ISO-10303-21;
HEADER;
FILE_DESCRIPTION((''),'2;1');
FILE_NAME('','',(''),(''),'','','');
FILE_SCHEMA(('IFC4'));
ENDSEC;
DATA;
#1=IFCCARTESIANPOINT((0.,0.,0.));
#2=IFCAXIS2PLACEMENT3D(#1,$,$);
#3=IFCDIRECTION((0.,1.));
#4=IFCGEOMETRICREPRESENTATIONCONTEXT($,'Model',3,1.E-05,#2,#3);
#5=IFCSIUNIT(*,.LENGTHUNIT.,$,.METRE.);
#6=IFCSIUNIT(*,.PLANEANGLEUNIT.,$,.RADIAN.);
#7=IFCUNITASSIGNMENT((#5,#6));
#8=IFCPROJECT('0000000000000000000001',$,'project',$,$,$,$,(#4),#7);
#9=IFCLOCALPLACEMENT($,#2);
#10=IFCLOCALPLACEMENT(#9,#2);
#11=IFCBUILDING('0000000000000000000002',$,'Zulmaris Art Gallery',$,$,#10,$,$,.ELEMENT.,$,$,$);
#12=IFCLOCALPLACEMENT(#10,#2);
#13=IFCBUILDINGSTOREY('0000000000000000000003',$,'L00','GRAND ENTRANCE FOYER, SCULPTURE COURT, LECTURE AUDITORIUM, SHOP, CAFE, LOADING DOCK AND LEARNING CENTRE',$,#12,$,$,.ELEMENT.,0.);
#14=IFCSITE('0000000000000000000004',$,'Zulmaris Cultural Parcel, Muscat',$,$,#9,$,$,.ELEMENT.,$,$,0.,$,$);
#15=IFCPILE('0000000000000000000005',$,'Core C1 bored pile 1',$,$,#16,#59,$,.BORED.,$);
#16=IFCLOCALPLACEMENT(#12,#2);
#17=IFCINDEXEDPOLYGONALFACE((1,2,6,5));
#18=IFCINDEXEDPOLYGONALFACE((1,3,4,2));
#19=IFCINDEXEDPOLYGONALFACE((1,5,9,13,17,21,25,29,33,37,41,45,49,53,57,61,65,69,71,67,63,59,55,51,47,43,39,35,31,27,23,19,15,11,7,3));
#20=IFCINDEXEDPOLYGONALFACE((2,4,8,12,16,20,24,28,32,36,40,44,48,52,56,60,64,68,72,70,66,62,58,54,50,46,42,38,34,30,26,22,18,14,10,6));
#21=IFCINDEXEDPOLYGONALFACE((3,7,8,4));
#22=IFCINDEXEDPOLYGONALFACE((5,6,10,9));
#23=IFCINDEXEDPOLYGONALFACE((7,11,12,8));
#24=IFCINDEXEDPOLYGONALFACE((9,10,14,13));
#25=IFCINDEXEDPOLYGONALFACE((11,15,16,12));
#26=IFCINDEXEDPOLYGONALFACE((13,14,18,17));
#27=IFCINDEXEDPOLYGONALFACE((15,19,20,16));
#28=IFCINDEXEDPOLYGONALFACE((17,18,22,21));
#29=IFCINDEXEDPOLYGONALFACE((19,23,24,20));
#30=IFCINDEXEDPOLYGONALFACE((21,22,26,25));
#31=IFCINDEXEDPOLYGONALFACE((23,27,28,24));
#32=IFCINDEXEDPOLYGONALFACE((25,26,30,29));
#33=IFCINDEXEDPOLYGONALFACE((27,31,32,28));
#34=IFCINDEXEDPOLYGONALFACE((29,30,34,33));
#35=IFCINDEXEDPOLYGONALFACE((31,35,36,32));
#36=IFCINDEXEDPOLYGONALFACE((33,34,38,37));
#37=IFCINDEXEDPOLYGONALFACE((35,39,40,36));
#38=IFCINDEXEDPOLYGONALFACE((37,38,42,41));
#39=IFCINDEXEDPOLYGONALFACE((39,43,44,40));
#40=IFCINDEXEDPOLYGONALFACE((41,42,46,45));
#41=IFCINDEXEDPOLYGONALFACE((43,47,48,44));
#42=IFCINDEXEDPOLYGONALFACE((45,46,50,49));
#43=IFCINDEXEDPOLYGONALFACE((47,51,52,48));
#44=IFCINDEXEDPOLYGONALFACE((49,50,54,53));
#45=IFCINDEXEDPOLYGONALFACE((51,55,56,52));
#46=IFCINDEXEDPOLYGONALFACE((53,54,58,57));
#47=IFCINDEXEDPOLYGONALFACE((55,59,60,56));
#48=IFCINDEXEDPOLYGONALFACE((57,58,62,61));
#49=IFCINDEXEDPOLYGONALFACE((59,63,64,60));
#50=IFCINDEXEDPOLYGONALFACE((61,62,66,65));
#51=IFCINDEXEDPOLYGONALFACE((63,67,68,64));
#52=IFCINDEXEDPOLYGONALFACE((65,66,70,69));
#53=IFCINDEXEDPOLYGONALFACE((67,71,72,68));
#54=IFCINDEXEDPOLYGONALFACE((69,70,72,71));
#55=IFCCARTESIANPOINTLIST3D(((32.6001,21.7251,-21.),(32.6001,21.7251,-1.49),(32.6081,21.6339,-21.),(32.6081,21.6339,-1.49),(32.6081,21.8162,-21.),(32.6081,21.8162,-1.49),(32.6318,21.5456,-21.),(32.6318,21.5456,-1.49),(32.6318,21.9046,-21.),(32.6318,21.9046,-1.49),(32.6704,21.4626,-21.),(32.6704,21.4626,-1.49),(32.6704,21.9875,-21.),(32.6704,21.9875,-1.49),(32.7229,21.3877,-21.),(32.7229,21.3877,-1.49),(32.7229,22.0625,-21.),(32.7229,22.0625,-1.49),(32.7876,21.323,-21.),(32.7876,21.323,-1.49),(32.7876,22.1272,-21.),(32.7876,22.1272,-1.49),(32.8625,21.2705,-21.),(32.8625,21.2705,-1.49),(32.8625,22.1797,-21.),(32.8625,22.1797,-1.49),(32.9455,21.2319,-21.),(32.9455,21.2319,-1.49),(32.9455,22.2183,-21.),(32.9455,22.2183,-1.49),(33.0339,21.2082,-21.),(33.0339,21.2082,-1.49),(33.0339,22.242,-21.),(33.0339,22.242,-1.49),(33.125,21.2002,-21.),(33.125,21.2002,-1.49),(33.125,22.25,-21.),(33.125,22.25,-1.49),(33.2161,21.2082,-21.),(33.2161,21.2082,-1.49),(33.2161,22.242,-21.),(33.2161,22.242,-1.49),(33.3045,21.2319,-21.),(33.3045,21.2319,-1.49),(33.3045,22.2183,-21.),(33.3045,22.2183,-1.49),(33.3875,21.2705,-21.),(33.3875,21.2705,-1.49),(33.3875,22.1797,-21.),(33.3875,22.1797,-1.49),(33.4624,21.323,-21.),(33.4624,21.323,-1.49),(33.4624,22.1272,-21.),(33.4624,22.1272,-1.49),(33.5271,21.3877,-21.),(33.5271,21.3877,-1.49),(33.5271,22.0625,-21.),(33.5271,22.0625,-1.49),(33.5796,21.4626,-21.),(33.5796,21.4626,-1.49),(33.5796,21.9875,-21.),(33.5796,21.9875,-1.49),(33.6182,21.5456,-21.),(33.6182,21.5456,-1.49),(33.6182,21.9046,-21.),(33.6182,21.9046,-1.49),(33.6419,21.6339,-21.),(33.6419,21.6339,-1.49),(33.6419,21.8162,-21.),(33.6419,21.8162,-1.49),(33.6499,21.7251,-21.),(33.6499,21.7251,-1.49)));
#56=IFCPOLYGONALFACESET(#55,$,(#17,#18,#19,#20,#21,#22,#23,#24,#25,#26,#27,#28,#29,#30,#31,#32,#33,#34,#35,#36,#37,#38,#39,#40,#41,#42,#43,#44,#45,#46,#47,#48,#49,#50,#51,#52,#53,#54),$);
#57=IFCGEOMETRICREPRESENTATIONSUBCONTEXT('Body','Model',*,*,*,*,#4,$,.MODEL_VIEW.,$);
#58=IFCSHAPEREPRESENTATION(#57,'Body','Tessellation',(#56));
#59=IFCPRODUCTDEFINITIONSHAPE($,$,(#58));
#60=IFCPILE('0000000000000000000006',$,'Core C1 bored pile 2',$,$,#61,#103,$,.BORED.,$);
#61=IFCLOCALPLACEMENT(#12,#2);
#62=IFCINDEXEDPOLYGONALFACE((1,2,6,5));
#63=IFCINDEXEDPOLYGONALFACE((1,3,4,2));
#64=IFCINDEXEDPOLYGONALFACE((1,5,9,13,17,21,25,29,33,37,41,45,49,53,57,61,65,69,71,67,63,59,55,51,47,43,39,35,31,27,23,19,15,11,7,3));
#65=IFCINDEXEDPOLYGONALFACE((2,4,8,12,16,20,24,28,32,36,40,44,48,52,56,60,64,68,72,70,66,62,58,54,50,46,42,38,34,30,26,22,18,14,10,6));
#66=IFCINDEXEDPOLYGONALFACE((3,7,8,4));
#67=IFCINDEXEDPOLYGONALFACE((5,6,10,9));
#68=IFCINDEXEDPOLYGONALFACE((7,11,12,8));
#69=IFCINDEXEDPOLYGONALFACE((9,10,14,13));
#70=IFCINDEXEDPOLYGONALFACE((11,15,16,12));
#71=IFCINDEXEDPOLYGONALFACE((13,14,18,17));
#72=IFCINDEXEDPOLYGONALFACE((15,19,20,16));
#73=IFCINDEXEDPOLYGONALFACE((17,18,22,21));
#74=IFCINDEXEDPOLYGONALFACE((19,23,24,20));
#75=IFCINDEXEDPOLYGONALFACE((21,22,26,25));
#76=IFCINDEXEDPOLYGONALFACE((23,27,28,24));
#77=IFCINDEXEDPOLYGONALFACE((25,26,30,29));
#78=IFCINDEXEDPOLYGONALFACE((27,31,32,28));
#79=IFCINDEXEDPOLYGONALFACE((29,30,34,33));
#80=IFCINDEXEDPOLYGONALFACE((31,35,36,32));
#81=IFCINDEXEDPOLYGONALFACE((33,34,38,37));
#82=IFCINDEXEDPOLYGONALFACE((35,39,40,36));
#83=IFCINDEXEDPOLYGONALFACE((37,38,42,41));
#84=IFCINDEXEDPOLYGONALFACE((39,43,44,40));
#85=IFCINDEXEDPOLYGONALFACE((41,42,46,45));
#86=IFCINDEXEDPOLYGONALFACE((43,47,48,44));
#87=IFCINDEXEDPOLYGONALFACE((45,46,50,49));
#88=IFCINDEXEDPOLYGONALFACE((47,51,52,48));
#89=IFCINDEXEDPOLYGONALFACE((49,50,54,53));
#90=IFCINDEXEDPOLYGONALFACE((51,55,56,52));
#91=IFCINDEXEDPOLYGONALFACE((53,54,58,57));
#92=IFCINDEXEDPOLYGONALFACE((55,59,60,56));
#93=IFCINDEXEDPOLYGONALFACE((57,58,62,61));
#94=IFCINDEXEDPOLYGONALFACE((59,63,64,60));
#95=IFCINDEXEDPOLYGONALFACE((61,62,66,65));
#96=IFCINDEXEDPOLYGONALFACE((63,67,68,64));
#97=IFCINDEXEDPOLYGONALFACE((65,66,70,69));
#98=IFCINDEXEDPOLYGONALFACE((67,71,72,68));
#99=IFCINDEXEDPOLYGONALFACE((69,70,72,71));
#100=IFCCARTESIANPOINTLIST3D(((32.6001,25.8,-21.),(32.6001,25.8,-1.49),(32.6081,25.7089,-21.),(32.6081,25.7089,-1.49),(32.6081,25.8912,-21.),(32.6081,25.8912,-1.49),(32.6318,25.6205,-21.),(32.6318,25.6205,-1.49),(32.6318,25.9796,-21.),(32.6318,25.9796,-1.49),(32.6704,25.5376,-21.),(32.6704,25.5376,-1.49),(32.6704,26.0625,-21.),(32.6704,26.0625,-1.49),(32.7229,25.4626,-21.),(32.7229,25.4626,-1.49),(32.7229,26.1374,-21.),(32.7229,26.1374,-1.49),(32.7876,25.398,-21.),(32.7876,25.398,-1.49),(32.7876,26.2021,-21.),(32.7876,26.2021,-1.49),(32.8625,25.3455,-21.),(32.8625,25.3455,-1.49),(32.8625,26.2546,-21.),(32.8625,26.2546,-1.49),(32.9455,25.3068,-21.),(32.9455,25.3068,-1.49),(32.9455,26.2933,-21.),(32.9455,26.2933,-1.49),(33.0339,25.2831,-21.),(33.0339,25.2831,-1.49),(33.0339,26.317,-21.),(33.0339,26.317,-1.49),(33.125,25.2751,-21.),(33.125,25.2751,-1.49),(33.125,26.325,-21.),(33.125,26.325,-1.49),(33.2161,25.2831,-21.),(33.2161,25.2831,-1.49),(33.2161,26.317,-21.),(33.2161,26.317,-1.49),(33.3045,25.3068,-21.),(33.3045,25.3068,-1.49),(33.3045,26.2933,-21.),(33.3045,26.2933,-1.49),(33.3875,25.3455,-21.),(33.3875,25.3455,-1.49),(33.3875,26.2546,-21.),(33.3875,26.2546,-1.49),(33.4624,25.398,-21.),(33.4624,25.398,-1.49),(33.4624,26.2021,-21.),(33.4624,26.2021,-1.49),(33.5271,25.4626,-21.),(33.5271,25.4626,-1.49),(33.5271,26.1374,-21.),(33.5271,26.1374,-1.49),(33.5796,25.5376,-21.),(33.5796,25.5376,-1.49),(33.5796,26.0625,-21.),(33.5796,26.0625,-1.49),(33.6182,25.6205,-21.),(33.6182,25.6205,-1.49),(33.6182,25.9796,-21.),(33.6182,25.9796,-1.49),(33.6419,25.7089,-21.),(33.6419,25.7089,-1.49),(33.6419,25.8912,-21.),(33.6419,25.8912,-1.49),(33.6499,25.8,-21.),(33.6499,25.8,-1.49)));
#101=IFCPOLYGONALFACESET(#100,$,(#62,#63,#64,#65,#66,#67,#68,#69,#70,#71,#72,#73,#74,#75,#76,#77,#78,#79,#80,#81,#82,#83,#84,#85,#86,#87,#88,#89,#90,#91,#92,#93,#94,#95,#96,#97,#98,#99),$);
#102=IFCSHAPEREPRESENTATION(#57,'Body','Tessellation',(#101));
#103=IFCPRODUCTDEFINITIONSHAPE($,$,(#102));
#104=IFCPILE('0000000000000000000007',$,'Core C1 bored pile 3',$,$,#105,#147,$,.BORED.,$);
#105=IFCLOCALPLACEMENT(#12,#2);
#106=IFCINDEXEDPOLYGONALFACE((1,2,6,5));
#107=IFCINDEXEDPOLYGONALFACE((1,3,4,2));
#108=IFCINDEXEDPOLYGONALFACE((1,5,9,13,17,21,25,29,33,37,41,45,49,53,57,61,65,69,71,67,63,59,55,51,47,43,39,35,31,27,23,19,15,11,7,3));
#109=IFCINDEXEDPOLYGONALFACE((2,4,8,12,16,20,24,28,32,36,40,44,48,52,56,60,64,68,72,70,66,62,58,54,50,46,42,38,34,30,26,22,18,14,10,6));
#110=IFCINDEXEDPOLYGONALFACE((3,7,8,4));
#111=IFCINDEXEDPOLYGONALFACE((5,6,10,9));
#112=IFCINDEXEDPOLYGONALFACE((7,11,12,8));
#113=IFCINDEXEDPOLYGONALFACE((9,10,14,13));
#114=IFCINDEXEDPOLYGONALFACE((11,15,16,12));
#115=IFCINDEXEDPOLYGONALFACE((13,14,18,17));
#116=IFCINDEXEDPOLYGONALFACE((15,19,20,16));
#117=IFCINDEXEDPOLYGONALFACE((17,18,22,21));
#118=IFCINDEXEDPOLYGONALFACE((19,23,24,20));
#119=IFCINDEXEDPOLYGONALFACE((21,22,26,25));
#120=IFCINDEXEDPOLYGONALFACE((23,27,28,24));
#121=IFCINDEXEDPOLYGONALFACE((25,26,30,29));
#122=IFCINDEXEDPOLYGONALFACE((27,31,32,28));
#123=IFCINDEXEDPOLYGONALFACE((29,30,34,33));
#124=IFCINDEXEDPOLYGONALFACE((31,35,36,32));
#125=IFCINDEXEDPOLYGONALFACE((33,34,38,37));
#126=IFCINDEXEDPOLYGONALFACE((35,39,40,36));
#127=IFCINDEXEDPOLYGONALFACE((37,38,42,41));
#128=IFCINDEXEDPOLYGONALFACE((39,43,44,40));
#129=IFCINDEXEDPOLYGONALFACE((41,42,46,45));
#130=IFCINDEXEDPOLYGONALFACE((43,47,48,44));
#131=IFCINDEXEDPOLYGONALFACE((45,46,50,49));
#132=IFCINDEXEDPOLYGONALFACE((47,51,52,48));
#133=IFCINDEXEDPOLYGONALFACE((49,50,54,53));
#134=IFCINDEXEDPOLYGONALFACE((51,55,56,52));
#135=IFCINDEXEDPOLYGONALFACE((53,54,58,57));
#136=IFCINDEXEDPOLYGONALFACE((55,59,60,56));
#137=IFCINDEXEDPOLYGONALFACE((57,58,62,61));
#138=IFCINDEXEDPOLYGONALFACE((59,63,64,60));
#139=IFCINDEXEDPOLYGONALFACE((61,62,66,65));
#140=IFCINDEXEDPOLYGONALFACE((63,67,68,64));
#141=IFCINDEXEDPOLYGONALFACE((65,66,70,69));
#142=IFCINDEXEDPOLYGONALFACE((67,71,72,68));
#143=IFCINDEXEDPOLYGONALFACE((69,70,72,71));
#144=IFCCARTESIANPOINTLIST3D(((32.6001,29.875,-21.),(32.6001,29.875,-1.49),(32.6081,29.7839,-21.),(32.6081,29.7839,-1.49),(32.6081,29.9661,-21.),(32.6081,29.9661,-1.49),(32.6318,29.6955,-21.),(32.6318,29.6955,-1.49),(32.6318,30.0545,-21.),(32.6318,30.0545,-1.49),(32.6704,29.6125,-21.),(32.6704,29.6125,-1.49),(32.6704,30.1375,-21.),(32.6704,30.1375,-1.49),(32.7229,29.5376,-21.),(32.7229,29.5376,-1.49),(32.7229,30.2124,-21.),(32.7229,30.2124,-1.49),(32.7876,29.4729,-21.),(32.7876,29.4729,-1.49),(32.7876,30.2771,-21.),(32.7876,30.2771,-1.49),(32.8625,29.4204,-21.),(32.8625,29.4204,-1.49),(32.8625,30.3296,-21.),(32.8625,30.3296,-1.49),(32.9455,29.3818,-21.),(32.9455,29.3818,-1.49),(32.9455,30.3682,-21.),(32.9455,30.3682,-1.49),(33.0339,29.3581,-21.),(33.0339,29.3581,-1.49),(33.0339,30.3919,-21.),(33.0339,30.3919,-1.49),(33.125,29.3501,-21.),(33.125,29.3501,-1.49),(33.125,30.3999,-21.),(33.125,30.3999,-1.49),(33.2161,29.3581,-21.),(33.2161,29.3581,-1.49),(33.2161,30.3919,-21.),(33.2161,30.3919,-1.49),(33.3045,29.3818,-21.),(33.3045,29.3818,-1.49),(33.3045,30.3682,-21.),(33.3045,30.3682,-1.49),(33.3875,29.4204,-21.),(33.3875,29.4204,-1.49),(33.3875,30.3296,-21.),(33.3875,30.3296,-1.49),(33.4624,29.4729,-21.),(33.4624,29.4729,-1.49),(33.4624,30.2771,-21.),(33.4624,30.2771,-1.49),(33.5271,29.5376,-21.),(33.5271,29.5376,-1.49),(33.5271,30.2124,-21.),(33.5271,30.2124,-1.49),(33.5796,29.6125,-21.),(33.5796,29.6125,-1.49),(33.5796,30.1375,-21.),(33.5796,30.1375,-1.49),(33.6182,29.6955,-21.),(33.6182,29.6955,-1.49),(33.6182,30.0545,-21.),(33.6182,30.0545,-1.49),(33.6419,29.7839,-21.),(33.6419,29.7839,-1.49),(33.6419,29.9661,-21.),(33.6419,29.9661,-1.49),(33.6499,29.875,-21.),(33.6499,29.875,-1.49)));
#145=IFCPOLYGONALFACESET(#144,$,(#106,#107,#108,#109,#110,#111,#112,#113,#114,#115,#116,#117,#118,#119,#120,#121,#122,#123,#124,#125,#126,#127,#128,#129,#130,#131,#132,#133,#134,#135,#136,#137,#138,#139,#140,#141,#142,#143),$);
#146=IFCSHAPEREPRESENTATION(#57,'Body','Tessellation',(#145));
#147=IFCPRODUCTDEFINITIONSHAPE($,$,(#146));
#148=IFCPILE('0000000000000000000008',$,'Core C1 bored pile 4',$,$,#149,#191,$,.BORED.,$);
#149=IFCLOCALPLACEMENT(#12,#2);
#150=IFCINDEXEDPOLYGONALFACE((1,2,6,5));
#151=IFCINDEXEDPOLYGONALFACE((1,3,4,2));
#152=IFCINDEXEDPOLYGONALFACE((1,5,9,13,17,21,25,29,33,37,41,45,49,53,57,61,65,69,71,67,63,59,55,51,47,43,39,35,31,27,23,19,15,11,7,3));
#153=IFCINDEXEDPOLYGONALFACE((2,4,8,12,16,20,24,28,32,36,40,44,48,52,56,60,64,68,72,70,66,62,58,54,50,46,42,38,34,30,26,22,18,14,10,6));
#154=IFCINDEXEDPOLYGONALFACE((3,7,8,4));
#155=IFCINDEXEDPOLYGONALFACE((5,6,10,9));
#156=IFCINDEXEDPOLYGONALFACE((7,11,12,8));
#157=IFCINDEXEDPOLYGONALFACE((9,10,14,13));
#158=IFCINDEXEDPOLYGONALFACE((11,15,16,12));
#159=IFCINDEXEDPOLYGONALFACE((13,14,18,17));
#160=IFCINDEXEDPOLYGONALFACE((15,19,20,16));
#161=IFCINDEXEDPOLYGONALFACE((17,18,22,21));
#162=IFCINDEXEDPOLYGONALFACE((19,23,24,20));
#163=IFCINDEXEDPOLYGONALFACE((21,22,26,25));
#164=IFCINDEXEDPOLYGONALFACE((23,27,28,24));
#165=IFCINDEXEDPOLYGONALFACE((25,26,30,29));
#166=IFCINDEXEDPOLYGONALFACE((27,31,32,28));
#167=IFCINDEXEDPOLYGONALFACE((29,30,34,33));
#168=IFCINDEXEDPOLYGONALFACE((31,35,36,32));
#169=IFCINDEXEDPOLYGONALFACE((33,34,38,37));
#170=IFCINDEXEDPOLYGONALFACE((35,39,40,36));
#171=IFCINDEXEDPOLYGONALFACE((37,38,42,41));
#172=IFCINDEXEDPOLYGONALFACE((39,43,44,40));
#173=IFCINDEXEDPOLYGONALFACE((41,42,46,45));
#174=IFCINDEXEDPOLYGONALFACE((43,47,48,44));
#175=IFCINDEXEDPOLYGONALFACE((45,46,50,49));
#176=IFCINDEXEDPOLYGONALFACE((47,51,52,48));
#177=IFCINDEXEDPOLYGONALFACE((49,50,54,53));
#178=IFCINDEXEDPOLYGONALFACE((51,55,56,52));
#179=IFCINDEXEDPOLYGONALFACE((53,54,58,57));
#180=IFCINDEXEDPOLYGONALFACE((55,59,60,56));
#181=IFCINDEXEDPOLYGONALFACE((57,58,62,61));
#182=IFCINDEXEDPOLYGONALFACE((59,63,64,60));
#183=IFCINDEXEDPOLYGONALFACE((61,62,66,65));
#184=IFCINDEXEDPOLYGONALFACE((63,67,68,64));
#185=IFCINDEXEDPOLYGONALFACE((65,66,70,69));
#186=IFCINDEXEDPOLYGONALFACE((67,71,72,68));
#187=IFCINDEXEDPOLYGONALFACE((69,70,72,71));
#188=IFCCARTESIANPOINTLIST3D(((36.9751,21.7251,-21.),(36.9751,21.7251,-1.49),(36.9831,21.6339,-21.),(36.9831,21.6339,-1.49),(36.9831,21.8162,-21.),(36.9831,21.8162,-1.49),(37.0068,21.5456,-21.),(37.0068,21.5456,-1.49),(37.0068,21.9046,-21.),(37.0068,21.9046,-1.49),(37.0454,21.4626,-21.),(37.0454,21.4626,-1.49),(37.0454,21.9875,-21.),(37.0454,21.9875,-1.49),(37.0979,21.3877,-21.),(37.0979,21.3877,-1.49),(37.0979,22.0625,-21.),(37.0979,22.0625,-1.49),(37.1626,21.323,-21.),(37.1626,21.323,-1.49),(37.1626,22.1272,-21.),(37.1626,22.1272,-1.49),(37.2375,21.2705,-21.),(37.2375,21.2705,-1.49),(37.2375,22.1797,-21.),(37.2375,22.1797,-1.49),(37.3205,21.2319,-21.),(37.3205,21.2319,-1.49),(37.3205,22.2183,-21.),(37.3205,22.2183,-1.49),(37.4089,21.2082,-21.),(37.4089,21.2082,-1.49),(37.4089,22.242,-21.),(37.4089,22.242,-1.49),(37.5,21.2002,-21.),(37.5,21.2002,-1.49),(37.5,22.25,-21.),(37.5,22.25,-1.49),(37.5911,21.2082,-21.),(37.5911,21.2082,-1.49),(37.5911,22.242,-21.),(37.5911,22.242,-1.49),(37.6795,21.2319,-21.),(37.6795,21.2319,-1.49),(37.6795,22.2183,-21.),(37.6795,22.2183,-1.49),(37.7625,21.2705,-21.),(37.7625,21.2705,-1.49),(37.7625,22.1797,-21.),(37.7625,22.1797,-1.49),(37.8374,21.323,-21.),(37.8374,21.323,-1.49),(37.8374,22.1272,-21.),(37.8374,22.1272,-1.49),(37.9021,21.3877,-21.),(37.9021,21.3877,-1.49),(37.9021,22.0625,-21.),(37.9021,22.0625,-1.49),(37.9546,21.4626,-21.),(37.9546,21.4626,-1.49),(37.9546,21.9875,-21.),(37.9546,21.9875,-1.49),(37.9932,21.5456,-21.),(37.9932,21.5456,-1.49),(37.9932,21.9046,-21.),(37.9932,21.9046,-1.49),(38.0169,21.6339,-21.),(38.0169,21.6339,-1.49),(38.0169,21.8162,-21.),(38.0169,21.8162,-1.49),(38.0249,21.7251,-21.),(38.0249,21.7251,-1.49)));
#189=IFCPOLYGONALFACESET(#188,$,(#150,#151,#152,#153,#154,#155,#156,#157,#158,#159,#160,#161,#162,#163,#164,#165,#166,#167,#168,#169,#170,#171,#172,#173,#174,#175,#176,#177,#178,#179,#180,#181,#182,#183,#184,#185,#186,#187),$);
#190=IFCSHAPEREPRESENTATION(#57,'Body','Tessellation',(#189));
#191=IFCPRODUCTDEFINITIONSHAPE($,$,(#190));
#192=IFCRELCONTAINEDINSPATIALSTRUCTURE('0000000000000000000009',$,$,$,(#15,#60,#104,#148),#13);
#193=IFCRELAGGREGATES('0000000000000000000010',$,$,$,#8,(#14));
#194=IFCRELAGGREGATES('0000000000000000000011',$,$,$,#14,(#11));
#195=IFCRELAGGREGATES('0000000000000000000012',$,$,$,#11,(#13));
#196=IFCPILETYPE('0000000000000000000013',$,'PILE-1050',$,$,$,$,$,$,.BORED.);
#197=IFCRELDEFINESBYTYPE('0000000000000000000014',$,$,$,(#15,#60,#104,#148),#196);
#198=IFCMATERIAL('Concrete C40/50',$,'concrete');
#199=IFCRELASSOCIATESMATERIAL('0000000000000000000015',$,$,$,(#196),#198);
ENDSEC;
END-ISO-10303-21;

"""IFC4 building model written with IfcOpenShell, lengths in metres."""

from ifc_helpers import new_model, si_unit, direction, frame, origin, origin_2d, place, context, subcontext, project, spatial, circle, extrude, material, material_profile, profile_set, type_object, element, save


model = new_model("IFC4")

# Units and contexts
model_context = context("Model", 3, precision=1e-05, world=origin(), true_north=direction((0.0, 1.0)))
body_context = subcontext(model_context, "Body", "Model", "MODEL_VIEW")
ifc_project = project(units=[si_unit("LENGTHUNIT", "METRE"), si_unit("PLANEANGLEUNIT", "RADIAN")], contexts=[model_context])

# Site, building, storey
site_placement = place(None, origin())
site = spatial("IfcSite", under=ifc_project, at=site_placement, Name="Zulmaris Cultural Parcel, Muscat", CompositionType="ELEMENT", RefElevation=0.0)
building_placement = place(site_placement, origin())
building = spatial("IfcBuilding", under=site, at=building_placement, Name="Zulmaris Art Gallery", CompositionType="ELEMENT")
storey_placement = place(building_placement, origin())
storey = spatial("IfcBuildingStorey", under=building, at=storey_placement, Name="L00", Description="GRAND ENTRANCE FOYER, SCULPTURE COURT, LECTURE AUDITORIUM, SHOP, CAFE, LOADING DOCK AND LEARNING CENTRE", CompositionType="ELEMENT", Elevation=0.0)

# Piles
ifc_material_1 = material(Name="Concrete C40/50", Category="concrete")
ifc_material_profile_1 = material_profile(ifc_material_1, circle(Radius=0.5249, at=origin_2d()), Name="PILE DIA 1050")
ifc_profile_set_1 = profile_set([ifc_material_profile_1], Name="Concrete C40/50")
pile_type_1 = type_object("IfcPileType", Name="PILE-1050", PredefinedType="BORED", material=ifc_profile_set_1)
for number, where, z_axis, x_axis, name in (
    (1, (33.125, 21.7251, -1.49), (0.0, 0.0, -1.0), (1.0, 0.0, 0.0), "Core C1 bored pile 1"),
    (2, (33.125, 25.8, -1.49), (0.0, 0.0, -1.0), (1.0, 0.0, 0.0), "Core C1 bored pile 2"),
    (3, (33.125, 29.875, -1.49), (0.0, 0.0, -1.0), (1.0, 0.0, 0.0), "Core C1 bored pile 3"),
    (4, (37.5, 21.7251, -1.49), (0.0, 0.0, -1.0), (1.0, 0.0, 0.0), "Core C1 bored pile 4"),
):
    element("IfcPile", number, at=place(storey_placement, frame(where, z_axis=z_axis, x_axis=x_axis)), inside=storey, type_object=pile_type_1, Name=name, PredefinedType="BORED", context=body_context, shape_type="SweptSolid", body=[
        extrude(circle(Radius=0.5249, at=origin_2d()), origin(), (0.0, 0.0, 1.0), 19.51),
    ])

save(model, "model.ifc")
